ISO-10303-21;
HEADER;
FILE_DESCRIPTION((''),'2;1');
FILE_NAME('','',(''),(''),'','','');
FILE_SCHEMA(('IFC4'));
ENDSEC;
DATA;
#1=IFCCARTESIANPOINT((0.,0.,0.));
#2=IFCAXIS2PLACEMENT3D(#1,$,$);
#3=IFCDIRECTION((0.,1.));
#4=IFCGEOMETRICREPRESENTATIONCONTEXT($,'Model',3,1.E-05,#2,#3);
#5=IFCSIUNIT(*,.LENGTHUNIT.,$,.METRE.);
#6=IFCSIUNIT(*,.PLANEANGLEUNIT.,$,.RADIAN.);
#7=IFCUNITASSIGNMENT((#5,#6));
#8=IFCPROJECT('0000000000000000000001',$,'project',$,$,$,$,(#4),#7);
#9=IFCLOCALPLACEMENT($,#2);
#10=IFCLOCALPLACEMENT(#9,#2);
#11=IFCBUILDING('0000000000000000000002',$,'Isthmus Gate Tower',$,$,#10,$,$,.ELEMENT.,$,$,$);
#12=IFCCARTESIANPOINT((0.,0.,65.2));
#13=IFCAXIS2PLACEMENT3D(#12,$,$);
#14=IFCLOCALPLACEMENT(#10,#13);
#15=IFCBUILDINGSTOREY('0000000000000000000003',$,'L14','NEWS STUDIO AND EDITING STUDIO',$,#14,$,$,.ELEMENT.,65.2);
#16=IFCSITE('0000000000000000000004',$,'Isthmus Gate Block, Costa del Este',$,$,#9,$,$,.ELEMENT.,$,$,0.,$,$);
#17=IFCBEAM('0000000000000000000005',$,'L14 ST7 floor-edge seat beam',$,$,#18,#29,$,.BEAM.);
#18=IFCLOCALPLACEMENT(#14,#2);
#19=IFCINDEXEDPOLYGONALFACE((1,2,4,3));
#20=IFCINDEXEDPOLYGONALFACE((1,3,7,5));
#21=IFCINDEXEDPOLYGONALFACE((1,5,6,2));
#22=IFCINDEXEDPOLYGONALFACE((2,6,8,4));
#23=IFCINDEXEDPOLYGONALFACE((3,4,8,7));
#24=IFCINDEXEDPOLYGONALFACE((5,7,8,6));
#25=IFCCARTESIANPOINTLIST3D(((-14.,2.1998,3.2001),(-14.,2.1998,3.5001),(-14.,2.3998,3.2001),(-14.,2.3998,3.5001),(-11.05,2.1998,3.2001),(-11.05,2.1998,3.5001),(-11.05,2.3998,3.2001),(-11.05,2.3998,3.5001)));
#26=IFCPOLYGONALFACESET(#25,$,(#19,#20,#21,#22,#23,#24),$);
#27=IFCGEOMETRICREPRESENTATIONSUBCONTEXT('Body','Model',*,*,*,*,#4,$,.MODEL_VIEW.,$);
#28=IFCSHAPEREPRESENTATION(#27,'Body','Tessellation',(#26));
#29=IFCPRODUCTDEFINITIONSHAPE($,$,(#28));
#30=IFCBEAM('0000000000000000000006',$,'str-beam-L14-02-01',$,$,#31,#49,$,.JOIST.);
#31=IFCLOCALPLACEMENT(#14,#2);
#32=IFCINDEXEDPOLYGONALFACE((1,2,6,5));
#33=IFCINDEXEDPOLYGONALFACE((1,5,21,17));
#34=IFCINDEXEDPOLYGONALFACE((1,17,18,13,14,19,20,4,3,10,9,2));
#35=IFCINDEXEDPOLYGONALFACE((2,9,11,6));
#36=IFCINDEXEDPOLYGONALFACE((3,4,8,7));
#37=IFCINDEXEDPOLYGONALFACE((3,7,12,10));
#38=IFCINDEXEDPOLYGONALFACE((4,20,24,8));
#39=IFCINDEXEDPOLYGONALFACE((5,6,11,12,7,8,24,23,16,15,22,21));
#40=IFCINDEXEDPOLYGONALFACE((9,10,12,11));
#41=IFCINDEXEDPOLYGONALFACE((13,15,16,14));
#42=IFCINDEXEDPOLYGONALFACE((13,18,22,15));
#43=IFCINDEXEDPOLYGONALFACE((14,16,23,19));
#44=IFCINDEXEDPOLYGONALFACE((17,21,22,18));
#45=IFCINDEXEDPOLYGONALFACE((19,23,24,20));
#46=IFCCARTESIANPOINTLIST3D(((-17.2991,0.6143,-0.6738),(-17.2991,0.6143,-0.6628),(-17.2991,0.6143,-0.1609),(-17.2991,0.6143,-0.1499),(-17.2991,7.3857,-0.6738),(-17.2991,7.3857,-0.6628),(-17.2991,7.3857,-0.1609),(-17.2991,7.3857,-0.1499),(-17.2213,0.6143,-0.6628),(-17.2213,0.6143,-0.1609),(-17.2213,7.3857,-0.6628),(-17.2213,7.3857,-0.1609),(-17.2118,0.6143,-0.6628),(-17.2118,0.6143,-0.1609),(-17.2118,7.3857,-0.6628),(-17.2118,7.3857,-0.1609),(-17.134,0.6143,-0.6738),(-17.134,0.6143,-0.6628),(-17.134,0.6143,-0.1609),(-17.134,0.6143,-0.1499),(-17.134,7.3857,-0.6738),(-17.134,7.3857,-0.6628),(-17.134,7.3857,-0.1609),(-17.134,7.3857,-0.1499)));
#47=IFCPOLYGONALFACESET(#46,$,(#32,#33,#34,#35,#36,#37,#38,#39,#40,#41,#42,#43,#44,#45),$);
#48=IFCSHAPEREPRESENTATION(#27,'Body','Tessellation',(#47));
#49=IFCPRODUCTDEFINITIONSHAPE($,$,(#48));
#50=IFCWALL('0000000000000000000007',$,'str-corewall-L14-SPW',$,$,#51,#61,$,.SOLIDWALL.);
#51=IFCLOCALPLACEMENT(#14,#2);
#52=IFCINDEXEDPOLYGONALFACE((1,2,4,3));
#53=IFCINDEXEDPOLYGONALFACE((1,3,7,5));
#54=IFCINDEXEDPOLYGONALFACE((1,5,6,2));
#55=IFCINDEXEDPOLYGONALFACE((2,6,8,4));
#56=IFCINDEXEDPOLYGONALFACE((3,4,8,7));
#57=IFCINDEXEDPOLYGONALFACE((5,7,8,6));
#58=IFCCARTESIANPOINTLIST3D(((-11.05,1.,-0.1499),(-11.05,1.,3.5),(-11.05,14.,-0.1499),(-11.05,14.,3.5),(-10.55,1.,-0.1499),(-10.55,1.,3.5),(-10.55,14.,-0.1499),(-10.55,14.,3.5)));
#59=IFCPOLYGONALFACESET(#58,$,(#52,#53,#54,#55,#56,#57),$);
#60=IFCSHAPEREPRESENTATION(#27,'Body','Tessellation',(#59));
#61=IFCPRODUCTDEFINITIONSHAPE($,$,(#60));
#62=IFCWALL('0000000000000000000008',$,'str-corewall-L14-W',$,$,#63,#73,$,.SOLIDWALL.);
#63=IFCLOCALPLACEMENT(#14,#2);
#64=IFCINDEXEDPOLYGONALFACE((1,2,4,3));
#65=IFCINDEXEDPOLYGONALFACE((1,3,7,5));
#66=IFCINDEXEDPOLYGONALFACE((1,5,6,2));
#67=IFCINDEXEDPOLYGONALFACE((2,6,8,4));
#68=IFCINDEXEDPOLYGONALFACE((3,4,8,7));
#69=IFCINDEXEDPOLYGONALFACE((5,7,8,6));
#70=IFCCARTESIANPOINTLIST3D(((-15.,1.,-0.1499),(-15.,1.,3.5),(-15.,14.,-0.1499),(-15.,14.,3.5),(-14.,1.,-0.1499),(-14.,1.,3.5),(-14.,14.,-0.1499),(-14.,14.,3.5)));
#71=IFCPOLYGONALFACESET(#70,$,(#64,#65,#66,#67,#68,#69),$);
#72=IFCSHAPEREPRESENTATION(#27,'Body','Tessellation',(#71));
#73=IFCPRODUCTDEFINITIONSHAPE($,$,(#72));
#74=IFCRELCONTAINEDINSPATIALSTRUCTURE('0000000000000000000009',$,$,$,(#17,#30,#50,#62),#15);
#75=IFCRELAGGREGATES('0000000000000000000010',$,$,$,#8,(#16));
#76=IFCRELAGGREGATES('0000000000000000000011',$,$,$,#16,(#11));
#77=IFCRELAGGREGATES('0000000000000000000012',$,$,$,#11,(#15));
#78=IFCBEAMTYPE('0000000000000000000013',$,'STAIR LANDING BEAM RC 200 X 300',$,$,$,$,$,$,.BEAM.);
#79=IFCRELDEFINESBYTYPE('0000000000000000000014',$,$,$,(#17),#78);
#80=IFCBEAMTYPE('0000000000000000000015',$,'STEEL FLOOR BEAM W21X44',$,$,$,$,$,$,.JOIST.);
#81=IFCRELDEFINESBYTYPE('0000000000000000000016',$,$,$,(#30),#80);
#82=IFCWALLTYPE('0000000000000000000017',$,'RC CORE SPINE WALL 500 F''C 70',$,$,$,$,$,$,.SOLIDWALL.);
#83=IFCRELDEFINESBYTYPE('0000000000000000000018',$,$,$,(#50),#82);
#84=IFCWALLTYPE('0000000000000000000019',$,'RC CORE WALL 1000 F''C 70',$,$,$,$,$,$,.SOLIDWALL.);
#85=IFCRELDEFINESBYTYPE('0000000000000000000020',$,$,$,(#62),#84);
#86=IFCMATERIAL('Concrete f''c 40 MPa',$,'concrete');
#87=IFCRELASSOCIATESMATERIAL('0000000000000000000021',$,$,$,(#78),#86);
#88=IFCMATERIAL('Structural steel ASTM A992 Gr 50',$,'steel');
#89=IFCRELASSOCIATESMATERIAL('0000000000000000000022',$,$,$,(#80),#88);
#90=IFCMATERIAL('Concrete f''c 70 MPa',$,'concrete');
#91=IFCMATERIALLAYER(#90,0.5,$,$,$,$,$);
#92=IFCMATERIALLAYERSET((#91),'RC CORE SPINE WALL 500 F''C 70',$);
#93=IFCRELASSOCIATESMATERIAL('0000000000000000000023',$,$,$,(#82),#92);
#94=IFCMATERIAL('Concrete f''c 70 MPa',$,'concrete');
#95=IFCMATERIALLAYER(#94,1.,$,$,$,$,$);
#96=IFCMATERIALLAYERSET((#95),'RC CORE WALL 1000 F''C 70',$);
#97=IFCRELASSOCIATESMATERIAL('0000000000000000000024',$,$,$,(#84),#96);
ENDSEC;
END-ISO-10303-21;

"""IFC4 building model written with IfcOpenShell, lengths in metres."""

from ifc_helpers import new_model, si_unit, direction, frame, frame_2d, origin, origin_2d, place, context, subcontext, project, spatial, rectangle, i_section, extrude, material, layer, layer_set, material_profile, profile_set, type_object, element, save


model = new_model("IFC4")

# Units and contexts
model_context = context("Model", 3, precision=1e-05, world=origin(), true_north=direction((0.0, 1.0)))
body_context = subcontext(model_context, "Body", "Model", "MODEL_VIEW")
ifc_project = project(units=[si_unit("LENGTHUNIT", "METRE"), si_unit("PLANEANGLEUNIT", "RADIAN")], contexts=[model_context])

# Site, building, storey
site_placement = place(None, origin())
site = spatial("IfcSite", under=ifc_project, at=site_placement, Name="Isthmus Gate Block, Costa del Este", CompositionType="ELEMENT", RefElevation=0.0)
building_placement = place(site_placement, origin())
building = spatial("IfcBuilding", under=site, at=building_placement, Name="Isthmus Gate Tower", CompositionType="ELEMENT")
storey_placement = place(building_placement, frame((0.0, 0.0, 65.2)))
storey = spatial("IfcBuildingStorey", under=building, at=storey_placement, Name="L14", Description="NEWS STUDIO AND EDITING STUDIO", CompositionType="ELEMENT", Elevation=65.2)

# Beams
ifc_material_1 = material(Name="Concrete f'c 40 MPa", Category="concrete")
ifc_material_profile_1 = material_profile(ifc_material_1, rectangle(XDim=0.2, YDim=0.3, at=origin_2d()), Name="STAIR LANDING BEAM RC 200 X 300")
ifc_profile_set_1 = profile_set([ifc_material_profile_1], Name="Concrete f'c 40 MPa")
beam_type_1 = type_object("IfcBeamType", Name="STAIR LANDING BEAM RC 200 X 300", PredefinedType="BEAM", material=ifc_profile_set_1)
beam_1_placement = place(storey_placement, frame((-14.0, 2.2998, 3.3501), z_axis=(1.0, 0.0, 0.0), x_axis=(0.0, 1.0, 0.0)))
element("IfcBeam", 1, at=beam_1_placement, inside=storey, type_object=beam_type_1, Name="L14 ST7 floor-edge seat beam", PredefinedType="BEAM", context=body_context, shape_type="SweptSolid", body=[
    extrude(rectangle(XDim=0.2, YDim=0.3, at=origin_2d()), origin(), (0.0, 0.0, 1.0), 2.95),
])
ifc_material_2 = material(Name="Structural steel ASTM A992 Gr 50", Category="steel")
ifc_material_profile_2 = material_profile(ifc_material_2, i_section(OverallWidth=0.165, OverallDepth=0.5239, WebThickness=0.0095, FlangeThickness=0.011, at=origin_2d()), Name="W21X44")
ifc_profile_set_2 = profile_set([ifc_material_profile_2], Name="Structural steel ASTM A992 Gr 50")
beam_type_2 = type_object("IfcBeamType", Name="STEEL FLOOR BEAM W21X44", PredefinedType="JOIST", material=ifc_profile_set_2)
beam_2_placement = place(storey_placement, frame((-17.2166, 0.6143, -0.4119), z_axis=(0.0, 1.0, 0.0), x_axis=(-1.0, 0.0, 0.0)))
element("IfcBeam", 2, at=beam_2_placement, inside=storey, type_object=beam_type_2, Name="str-beam-L14-02-01", PredefinedType="JOIST", context=body_context, shape_type="SweptSolid", body=[
    extrude(i_section(OverallWidth=0.165, OverallDepth=0.5239, WebThickness=0.0095, FlangeThickness=0.011, at=origin_2d()), origin(), (0.0, 0.0, 1.0), 6.7715),
])

# Walls
ifc_material_3 = material(Name="Concrete f'c 70 MPa", Category="concrete")
ifc_layer_1 = layer(ifc_material_3, 0.5)
ifc_layer_set_1 = layer_set([ifc_layer_1], Name="RC CORE SPINE WALL 500 F'C 70")
wall_type_1 = type_object("IfcWallType", Name="RC CORE SPINE WALL 500 F'C 70", PredefinedType="SOLIDWALL", material=ifc_layer_set_1)
wall_1_placement = place(storey_placement, frame((-10.8, 1.0, -0.1499), z_axis=(0.0, 0.0, 1.0), x_axis=(0.0, 1.0, 0.0)))
element("IfcWall", 3, at=wall_1_placement, inside=storey, type_object=wall_type_1, Name="str-corewall-L14-SPW", PredefinedType="SOLIDWALL", context=body_context, shape_type="SweptSolid", body=[
    extrude(rectangle(XDim=13.0, YDim=0.5, at=frame_2d((6.5, 0.0))), origin(), (0.0, 0.0, 1.0), 3.6499),
])
ifc_material_4 = material(Name="Concrete f'c 70 MPa", Category="concrete")
ifc_layer_2 = layer(ifc_material_4, 1.0)
ifc_layer_set_2 = layer_set([ifc_layer_2], Name="RC CORE WALL 1000 F'C 70")
wall_type_2 = type_object("IfcWallType", Name="RC CORE WALL 1000 F'C 70", PredefinedType="SOLIDWALL", material=ifc_layer_set_2)
wall_2_placement = place(storey_placement, frame((-14.5, 1.0, -0.1499), z_axis=(0.0, 0.0, 1.0), x_axis=(0.0, 1.0, 0.0)))
element("IfcWall", 4, at=wall_2_placement, inside=storey, type_object=wall_type_2, Name="str-corewall-L14-W", PredefinedType="SOLIDWALL", context=body_context, shape_type="SweptSolid", body=[
    extrude(rectangle(XDim=13.0, YDim=1.0, at=frame_2d((6.5, 0.0))), origin(), (0.0, 0.0, 1.0), 3.6499),
])

save(model, "model.ifc")
